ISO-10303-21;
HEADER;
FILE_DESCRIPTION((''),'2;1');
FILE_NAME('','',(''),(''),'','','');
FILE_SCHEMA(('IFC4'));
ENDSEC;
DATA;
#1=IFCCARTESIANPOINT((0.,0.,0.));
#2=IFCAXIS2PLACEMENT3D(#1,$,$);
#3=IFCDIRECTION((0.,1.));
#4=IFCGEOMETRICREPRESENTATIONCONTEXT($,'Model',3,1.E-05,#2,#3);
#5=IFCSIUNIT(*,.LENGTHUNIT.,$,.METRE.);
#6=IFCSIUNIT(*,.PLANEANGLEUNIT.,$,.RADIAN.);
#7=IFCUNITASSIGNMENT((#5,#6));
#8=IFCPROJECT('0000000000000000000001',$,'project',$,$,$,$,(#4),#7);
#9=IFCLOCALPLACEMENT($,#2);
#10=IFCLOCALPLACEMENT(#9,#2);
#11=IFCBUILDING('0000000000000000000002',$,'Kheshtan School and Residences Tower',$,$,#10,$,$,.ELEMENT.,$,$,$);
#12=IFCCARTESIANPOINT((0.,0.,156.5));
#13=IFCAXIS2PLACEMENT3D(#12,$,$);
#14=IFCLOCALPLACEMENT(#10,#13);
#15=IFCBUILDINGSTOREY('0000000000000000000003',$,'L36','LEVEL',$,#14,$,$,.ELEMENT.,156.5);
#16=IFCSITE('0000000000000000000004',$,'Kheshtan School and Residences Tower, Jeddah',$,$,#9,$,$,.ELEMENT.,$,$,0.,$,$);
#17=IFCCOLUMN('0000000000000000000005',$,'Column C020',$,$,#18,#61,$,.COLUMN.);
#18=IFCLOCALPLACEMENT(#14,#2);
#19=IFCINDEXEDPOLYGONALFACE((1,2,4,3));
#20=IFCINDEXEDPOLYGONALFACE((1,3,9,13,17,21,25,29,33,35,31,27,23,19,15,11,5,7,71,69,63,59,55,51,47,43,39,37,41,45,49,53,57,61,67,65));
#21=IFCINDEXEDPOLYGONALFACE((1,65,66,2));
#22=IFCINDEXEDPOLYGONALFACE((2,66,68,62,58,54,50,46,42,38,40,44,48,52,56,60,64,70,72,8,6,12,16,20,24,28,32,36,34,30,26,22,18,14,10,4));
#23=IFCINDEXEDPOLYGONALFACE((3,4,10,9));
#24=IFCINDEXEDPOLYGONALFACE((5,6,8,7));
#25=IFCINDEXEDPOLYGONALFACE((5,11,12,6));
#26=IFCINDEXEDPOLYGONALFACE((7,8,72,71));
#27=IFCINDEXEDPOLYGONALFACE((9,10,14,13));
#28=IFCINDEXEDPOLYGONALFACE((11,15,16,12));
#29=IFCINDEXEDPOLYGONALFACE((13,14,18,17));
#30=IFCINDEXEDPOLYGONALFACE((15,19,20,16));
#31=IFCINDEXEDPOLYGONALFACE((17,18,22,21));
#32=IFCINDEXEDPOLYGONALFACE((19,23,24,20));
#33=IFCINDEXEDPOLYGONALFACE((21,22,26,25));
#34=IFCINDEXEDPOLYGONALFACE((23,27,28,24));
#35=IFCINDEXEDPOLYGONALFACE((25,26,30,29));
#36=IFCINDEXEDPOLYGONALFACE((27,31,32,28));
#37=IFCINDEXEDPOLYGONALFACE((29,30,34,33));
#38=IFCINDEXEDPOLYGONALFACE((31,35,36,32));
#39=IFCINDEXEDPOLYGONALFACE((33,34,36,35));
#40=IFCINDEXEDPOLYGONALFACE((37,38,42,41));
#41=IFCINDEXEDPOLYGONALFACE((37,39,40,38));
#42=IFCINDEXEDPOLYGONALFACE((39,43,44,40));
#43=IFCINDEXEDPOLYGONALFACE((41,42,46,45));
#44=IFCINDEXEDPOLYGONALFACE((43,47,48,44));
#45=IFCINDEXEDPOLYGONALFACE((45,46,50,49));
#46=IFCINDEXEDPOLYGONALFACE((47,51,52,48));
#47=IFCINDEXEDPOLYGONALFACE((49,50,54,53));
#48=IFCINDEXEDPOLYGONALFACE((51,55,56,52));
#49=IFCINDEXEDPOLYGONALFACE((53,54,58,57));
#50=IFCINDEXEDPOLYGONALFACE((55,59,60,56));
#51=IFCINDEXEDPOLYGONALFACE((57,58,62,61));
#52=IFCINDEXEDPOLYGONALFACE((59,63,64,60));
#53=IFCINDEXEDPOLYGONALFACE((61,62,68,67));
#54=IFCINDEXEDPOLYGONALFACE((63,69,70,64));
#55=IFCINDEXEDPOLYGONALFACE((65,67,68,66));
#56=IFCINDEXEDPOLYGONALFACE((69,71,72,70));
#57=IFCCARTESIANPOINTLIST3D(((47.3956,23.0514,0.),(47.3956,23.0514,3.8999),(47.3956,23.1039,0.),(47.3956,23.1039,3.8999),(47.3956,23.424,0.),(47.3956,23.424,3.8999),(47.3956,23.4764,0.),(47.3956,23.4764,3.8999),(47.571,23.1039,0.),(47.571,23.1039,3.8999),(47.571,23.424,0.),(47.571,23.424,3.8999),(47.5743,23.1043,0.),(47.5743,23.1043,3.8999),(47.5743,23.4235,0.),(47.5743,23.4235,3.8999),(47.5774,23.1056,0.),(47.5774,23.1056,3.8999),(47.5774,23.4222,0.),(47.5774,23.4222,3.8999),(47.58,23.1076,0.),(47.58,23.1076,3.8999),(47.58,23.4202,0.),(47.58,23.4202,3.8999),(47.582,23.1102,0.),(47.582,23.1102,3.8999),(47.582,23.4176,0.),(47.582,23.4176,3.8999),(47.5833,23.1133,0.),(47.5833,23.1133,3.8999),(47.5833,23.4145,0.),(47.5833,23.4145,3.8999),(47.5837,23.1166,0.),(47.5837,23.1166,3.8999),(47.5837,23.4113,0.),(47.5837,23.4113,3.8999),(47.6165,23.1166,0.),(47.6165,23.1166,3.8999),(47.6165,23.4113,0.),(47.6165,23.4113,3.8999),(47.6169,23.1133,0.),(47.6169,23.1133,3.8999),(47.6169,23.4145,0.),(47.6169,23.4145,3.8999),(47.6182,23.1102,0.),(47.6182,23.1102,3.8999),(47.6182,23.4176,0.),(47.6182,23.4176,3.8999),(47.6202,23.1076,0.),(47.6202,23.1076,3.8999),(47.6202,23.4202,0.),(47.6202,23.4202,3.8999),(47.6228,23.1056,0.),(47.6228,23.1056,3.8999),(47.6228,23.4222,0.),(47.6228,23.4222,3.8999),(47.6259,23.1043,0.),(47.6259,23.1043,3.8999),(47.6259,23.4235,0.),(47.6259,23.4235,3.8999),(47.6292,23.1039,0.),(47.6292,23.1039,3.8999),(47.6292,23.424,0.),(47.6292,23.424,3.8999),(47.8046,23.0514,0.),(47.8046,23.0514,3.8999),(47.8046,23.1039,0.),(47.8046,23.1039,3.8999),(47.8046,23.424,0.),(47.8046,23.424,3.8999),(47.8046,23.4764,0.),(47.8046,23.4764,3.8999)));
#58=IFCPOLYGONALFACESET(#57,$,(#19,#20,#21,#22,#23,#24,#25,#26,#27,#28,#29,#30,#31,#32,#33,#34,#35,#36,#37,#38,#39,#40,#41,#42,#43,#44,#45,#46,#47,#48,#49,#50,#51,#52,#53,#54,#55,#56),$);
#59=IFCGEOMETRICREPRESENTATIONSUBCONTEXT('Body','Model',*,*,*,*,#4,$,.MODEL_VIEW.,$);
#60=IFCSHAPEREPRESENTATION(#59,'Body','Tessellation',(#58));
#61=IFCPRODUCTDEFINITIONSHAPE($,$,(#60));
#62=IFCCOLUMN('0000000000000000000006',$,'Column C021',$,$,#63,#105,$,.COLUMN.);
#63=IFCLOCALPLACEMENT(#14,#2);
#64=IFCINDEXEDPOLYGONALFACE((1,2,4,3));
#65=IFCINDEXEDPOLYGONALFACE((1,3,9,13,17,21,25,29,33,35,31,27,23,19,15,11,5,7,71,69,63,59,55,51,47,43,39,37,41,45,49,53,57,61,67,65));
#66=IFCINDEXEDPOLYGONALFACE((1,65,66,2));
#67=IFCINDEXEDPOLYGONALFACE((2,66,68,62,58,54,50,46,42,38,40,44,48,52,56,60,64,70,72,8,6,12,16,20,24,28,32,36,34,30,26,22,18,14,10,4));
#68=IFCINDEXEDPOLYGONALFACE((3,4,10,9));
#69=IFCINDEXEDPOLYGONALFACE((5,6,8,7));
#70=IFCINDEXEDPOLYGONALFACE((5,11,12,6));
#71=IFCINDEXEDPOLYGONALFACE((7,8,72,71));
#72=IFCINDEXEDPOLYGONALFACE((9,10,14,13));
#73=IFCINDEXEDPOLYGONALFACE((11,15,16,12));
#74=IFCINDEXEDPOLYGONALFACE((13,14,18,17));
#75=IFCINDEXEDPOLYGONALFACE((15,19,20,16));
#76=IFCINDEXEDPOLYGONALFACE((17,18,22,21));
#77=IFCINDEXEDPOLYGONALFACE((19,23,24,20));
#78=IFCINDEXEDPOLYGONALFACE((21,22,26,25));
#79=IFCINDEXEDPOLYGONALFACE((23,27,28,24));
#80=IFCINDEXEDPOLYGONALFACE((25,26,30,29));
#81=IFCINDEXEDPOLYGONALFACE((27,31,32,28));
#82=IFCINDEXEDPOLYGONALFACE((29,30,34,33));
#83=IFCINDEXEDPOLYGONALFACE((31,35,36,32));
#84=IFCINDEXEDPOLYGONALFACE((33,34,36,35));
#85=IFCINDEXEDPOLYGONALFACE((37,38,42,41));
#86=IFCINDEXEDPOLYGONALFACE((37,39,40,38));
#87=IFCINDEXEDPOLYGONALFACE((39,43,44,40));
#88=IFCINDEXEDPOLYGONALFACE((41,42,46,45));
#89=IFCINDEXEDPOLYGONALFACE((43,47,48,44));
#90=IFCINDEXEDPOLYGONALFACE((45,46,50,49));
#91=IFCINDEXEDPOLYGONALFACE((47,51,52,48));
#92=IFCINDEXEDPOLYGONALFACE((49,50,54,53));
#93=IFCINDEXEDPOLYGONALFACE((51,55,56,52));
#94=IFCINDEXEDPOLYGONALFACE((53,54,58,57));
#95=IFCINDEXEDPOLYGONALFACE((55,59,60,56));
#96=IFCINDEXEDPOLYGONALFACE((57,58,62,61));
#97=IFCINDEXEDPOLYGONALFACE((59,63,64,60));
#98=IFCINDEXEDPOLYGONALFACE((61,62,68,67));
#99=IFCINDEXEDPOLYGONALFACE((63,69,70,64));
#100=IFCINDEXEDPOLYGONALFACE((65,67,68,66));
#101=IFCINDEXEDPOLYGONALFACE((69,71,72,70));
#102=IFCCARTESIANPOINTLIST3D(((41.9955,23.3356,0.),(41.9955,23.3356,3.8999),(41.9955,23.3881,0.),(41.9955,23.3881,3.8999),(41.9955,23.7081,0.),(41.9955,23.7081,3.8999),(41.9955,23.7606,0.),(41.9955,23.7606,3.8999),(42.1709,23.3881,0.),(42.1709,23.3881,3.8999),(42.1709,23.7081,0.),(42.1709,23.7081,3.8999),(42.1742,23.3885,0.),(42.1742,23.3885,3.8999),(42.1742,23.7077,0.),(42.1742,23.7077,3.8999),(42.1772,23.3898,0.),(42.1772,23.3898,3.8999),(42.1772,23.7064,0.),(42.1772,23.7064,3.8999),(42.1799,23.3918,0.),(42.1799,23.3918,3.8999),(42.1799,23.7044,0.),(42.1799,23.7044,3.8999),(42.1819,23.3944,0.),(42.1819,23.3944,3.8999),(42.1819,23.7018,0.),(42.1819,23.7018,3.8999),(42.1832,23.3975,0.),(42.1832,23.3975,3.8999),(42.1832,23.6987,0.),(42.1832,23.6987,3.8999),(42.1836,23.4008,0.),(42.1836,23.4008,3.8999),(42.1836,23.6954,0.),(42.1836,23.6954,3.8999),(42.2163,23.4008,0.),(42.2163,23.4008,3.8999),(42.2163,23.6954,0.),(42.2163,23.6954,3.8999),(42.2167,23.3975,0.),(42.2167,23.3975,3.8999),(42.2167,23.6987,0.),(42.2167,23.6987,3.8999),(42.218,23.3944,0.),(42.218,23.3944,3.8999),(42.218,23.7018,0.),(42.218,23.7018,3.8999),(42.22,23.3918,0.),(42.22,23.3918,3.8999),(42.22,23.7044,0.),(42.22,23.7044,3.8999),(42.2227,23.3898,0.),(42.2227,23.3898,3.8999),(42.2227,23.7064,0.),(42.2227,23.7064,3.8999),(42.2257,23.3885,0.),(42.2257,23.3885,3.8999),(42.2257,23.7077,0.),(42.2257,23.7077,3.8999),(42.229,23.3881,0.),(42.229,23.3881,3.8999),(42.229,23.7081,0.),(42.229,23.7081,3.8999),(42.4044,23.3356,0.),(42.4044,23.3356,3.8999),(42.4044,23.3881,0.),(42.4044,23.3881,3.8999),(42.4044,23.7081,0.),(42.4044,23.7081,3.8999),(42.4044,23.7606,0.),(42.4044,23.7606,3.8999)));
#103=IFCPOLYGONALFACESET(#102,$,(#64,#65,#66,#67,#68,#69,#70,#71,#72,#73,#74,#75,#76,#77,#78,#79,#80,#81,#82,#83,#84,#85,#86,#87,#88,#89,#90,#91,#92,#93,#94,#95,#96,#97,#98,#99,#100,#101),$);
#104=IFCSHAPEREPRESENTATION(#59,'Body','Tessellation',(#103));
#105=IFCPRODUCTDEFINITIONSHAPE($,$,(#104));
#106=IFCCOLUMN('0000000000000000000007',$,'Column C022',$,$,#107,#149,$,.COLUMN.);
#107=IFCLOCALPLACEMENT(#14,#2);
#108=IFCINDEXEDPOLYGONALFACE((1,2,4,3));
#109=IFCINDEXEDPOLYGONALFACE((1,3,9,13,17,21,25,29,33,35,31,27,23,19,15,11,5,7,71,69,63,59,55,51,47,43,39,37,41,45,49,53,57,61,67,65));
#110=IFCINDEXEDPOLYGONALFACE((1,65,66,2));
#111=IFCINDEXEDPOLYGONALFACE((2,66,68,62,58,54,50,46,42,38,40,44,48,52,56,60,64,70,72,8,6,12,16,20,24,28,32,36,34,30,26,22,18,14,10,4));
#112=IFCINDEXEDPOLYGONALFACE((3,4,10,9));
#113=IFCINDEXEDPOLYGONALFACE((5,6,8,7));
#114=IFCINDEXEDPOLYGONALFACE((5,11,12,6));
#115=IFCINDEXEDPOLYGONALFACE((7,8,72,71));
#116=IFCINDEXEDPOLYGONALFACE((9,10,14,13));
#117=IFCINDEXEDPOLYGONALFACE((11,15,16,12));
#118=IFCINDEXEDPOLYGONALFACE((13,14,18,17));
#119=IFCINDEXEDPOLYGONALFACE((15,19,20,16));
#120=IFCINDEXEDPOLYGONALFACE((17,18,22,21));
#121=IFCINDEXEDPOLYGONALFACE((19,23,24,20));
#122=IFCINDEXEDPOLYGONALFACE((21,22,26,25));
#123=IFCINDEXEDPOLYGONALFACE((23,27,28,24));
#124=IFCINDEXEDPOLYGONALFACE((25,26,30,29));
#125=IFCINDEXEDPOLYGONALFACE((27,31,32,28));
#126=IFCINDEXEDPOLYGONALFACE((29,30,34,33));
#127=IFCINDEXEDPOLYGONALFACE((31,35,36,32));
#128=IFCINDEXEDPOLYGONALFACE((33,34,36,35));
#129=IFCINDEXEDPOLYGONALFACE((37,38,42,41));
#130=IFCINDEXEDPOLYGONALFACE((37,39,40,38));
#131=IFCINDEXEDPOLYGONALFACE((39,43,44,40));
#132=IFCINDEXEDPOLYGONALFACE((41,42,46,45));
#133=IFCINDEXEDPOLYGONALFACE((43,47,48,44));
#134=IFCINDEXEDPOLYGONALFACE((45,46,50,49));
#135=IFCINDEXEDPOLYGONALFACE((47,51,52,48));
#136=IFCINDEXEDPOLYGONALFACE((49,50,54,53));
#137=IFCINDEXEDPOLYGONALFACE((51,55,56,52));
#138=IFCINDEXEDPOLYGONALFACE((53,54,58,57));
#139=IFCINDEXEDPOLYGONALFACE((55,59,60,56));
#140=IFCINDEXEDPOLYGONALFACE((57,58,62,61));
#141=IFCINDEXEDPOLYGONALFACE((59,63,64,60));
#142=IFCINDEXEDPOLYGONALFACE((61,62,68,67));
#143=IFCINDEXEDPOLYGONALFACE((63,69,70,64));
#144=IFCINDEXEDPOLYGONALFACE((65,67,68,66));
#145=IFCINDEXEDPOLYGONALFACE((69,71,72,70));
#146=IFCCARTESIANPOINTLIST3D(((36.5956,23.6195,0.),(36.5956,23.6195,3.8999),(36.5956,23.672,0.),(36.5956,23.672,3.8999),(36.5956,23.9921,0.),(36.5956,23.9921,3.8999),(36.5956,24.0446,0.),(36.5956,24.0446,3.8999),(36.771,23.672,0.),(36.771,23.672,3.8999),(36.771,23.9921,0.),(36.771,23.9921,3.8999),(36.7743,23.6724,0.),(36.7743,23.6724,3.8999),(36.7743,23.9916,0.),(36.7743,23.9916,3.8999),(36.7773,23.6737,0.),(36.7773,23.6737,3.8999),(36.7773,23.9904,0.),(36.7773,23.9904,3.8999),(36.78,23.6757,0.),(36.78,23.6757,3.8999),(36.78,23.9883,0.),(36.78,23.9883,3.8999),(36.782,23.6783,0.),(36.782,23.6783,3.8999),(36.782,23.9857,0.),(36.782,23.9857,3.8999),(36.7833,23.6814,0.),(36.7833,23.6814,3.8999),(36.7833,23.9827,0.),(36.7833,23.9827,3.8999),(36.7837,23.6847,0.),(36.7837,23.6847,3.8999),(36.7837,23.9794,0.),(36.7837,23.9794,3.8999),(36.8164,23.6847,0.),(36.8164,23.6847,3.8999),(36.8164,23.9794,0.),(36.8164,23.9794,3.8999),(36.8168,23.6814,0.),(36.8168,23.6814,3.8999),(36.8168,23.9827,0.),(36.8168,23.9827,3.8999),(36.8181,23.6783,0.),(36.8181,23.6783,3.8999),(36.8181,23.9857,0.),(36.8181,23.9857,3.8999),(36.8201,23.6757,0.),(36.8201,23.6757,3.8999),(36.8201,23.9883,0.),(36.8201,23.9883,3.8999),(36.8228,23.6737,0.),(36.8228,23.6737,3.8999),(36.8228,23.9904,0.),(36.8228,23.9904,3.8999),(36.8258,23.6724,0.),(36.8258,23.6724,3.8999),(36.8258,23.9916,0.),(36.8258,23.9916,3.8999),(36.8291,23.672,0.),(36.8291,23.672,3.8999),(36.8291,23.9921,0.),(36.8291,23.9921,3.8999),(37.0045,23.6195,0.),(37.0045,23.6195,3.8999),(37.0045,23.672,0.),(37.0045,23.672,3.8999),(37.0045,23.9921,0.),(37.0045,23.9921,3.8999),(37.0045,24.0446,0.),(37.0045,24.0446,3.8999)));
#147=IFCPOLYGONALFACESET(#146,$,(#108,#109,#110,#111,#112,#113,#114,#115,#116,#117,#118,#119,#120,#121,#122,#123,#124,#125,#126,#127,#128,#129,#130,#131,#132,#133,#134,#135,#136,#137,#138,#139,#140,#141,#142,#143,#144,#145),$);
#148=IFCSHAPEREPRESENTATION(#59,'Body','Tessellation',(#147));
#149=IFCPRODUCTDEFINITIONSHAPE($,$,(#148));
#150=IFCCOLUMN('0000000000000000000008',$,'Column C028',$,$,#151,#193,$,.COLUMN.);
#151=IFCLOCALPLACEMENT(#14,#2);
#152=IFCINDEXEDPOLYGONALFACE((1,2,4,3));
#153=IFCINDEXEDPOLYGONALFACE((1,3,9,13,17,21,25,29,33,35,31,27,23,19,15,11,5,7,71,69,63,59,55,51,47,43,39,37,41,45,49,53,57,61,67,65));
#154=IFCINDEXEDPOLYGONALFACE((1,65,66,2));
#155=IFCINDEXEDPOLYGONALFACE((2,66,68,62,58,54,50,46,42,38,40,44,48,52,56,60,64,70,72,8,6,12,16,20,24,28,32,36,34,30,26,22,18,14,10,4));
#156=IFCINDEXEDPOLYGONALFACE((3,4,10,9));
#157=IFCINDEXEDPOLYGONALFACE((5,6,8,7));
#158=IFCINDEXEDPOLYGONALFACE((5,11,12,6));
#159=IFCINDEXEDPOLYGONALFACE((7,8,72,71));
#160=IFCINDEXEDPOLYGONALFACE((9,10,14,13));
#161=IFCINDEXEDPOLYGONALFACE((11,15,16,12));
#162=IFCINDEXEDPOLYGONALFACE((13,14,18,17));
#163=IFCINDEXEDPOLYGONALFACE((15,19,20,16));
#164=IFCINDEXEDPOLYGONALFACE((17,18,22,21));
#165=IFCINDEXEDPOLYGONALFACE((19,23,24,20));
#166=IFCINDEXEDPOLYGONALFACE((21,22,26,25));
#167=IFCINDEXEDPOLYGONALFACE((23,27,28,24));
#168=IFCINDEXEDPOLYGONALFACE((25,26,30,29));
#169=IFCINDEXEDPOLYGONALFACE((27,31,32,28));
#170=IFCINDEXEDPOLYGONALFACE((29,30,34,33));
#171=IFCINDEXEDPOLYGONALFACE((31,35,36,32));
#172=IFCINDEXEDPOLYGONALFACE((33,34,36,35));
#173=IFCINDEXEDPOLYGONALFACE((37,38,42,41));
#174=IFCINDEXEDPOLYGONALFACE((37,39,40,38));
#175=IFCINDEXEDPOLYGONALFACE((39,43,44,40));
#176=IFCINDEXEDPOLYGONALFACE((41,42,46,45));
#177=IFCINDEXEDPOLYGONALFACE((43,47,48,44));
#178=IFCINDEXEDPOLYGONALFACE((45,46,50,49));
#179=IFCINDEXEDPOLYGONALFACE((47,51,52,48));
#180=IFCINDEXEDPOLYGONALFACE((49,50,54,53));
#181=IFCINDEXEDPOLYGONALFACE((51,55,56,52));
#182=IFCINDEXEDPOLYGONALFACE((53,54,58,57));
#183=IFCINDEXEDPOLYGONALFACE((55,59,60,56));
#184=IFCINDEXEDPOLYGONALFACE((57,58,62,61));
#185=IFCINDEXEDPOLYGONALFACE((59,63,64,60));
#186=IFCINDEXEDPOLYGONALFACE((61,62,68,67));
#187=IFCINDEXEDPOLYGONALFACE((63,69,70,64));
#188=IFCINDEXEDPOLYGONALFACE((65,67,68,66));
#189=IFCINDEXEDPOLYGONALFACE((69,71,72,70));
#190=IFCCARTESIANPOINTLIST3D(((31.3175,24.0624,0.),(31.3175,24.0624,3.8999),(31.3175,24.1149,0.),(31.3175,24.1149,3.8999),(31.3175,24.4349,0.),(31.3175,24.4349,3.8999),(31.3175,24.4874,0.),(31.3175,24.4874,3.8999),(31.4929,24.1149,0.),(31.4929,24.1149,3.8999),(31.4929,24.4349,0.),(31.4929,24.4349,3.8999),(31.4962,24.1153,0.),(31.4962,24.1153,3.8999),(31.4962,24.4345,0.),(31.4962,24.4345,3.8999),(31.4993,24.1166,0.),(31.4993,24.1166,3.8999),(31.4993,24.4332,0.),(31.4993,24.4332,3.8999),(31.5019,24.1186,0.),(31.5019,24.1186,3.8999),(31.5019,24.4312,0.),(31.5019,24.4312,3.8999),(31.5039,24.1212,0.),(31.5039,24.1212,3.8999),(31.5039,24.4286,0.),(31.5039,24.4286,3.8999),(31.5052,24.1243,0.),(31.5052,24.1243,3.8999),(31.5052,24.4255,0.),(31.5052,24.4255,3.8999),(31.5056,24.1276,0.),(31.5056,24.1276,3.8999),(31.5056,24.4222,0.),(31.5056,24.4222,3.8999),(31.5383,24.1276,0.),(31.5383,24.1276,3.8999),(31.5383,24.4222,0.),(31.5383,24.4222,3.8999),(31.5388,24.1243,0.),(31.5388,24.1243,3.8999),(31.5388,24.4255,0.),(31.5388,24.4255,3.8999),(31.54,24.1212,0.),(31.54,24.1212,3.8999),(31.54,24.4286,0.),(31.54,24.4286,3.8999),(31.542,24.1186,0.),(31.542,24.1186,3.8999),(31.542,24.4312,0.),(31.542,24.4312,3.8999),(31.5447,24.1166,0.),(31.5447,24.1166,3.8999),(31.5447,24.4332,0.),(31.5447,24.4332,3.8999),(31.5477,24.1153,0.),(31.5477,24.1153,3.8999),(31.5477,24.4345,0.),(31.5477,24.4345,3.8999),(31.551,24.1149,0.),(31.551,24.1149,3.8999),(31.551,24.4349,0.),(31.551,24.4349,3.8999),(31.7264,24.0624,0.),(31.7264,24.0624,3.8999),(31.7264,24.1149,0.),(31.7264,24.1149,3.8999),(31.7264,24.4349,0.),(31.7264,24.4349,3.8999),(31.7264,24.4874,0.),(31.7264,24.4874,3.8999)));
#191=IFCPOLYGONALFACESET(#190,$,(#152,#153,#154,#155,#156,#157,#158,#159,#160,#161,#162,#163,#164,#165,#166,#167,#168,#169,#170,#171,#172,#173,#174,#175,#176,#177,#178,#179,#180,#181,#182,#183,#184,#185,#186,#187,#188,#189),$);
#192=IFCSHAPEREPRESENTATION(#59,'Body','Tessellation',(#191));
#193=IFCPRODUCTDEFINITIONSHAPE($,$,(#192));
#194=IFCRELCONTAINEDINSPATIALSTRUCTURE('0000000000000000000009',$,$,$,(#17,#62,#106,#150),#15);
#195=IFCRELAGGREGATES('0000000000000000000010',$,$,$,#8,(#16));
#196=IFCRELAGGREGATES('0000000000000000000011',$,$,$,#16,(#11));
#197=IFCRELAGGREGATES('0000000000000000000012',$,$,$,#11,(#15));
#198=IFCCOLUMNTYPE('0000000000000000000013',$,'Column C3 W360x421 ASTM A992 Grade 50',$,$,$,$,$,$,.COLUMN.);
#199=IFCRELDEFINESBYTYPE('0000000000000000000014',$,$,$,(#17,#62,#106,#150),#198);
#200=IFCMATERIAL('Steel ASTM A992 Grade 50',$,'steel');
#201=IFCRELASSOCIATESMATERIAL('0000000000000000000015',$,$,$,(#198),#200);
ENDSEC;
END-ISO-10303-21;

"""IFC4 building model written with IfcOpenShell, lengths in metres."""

from ifc_helpers import new_model, si_unit, direction, frame, origin, origin_2d, place, context, subcontext, project, spatial, i_section, extrude, material, material_profile, profile_set, type_object, element, save


model = new_model("IFC4")

# Units and contexts
model_context = context("Model", 3, precision=1e-05, world=origin(), true_north=direction((0.0, 1.0)))
body_context = subcontext(model_context, "Body", "Model", "MODEL_VIEW")
ifc_project = project(units=[si_unit("LENGTHUNIT", "METRE"), si_unit("PLANEANGLEUNIT", "RADIAN")], contexts=[model_context])

# Site, building, storey
site_placement = place(None, origin())
site = spatial("IfcSite", under=ifc_project, at=site_placement, Name="Kheshtan School and Residences Tower, Jeddah", CompositionType="ELEMENT", RefElevation=0.0)
building_placement = place(site_placement, origin())
building = spatial("IfcBuilding", under=site, at=building_placement, Name="Kheshtan School and Residences Tower", CompositionType="ELEMENT")
storey_placement = place(building_placement, frame((0.0, 0.0, 156.5)))
storey = spatial("IfcBuildingStorey", under=building, at=storey_placement, Name="L36", Description="LEVEL", CompositionType="ELEMENT", Elevation=156.5)

# Columns
ifc_material_1 = material(Name="Steel ASTM A992 Grade 50", Category="steel")
ifc_material_profile_1 = material_profile(ifc_material_1, i_section(OverallWidth=0.4089, OverallDepth=0.425, WebThickness=0.0327, FlangeThickness=0.0525, FilletRadius=0.0127, at=origin_2d()), Name="W360x421")
ifc_profile_set_1 = profile_set([ifc_material_profile_1], Name="Steel ASTM A992 Grade 50")
column_type = type_object("IfcColumnType", Name="Column C3 W360x421 ASTM A992 Grade 50", PredefinedType="COLUMN", material=ifc_profile_set_1)
for number, where, z_axis, x_axis, name in (
    (1, (47.6001, 23.2639, 0.0), (0.0, 0.0, 1.0), (1.0, 0.0, 0.0), "Column C020"),
    (2, (42.2, 23.5481, 0.0), (0.0, 0.0, 1.0), (1.0, 0.0, 0.0), "Column C021"),
    (3, (36.8, 23.832, 0.0), (0.0, 0.0, 1.0), (1.0, 0.0, 0.0), "Column C022"),
    (4, (31.522, 24.2749, 0.0), (0.0, 0.0, 1.0), (1.0, 0.0, 0.0), "Column C028"),
):
    element("IfcColumn", number, at=place(storey_placement, frame(where, z_axis=z_axis, x_axis=x_axis)), inside=storey, type_object=column_type, Name=name, PredefinedType="COLUMN", context=body_context, shape_type="SweptSolid", body=[
        extrude(i_section(OverallWidth=0.4089, OverallDepth=0.425, WebThickness=0.0327, FlangeThickness=0.0525, FilletRadius=0.0127, at=origin_2d()), origin(), (0.0, 0.0, 1.0), 3.8999),
    ])

save(model, "model.ifc")
